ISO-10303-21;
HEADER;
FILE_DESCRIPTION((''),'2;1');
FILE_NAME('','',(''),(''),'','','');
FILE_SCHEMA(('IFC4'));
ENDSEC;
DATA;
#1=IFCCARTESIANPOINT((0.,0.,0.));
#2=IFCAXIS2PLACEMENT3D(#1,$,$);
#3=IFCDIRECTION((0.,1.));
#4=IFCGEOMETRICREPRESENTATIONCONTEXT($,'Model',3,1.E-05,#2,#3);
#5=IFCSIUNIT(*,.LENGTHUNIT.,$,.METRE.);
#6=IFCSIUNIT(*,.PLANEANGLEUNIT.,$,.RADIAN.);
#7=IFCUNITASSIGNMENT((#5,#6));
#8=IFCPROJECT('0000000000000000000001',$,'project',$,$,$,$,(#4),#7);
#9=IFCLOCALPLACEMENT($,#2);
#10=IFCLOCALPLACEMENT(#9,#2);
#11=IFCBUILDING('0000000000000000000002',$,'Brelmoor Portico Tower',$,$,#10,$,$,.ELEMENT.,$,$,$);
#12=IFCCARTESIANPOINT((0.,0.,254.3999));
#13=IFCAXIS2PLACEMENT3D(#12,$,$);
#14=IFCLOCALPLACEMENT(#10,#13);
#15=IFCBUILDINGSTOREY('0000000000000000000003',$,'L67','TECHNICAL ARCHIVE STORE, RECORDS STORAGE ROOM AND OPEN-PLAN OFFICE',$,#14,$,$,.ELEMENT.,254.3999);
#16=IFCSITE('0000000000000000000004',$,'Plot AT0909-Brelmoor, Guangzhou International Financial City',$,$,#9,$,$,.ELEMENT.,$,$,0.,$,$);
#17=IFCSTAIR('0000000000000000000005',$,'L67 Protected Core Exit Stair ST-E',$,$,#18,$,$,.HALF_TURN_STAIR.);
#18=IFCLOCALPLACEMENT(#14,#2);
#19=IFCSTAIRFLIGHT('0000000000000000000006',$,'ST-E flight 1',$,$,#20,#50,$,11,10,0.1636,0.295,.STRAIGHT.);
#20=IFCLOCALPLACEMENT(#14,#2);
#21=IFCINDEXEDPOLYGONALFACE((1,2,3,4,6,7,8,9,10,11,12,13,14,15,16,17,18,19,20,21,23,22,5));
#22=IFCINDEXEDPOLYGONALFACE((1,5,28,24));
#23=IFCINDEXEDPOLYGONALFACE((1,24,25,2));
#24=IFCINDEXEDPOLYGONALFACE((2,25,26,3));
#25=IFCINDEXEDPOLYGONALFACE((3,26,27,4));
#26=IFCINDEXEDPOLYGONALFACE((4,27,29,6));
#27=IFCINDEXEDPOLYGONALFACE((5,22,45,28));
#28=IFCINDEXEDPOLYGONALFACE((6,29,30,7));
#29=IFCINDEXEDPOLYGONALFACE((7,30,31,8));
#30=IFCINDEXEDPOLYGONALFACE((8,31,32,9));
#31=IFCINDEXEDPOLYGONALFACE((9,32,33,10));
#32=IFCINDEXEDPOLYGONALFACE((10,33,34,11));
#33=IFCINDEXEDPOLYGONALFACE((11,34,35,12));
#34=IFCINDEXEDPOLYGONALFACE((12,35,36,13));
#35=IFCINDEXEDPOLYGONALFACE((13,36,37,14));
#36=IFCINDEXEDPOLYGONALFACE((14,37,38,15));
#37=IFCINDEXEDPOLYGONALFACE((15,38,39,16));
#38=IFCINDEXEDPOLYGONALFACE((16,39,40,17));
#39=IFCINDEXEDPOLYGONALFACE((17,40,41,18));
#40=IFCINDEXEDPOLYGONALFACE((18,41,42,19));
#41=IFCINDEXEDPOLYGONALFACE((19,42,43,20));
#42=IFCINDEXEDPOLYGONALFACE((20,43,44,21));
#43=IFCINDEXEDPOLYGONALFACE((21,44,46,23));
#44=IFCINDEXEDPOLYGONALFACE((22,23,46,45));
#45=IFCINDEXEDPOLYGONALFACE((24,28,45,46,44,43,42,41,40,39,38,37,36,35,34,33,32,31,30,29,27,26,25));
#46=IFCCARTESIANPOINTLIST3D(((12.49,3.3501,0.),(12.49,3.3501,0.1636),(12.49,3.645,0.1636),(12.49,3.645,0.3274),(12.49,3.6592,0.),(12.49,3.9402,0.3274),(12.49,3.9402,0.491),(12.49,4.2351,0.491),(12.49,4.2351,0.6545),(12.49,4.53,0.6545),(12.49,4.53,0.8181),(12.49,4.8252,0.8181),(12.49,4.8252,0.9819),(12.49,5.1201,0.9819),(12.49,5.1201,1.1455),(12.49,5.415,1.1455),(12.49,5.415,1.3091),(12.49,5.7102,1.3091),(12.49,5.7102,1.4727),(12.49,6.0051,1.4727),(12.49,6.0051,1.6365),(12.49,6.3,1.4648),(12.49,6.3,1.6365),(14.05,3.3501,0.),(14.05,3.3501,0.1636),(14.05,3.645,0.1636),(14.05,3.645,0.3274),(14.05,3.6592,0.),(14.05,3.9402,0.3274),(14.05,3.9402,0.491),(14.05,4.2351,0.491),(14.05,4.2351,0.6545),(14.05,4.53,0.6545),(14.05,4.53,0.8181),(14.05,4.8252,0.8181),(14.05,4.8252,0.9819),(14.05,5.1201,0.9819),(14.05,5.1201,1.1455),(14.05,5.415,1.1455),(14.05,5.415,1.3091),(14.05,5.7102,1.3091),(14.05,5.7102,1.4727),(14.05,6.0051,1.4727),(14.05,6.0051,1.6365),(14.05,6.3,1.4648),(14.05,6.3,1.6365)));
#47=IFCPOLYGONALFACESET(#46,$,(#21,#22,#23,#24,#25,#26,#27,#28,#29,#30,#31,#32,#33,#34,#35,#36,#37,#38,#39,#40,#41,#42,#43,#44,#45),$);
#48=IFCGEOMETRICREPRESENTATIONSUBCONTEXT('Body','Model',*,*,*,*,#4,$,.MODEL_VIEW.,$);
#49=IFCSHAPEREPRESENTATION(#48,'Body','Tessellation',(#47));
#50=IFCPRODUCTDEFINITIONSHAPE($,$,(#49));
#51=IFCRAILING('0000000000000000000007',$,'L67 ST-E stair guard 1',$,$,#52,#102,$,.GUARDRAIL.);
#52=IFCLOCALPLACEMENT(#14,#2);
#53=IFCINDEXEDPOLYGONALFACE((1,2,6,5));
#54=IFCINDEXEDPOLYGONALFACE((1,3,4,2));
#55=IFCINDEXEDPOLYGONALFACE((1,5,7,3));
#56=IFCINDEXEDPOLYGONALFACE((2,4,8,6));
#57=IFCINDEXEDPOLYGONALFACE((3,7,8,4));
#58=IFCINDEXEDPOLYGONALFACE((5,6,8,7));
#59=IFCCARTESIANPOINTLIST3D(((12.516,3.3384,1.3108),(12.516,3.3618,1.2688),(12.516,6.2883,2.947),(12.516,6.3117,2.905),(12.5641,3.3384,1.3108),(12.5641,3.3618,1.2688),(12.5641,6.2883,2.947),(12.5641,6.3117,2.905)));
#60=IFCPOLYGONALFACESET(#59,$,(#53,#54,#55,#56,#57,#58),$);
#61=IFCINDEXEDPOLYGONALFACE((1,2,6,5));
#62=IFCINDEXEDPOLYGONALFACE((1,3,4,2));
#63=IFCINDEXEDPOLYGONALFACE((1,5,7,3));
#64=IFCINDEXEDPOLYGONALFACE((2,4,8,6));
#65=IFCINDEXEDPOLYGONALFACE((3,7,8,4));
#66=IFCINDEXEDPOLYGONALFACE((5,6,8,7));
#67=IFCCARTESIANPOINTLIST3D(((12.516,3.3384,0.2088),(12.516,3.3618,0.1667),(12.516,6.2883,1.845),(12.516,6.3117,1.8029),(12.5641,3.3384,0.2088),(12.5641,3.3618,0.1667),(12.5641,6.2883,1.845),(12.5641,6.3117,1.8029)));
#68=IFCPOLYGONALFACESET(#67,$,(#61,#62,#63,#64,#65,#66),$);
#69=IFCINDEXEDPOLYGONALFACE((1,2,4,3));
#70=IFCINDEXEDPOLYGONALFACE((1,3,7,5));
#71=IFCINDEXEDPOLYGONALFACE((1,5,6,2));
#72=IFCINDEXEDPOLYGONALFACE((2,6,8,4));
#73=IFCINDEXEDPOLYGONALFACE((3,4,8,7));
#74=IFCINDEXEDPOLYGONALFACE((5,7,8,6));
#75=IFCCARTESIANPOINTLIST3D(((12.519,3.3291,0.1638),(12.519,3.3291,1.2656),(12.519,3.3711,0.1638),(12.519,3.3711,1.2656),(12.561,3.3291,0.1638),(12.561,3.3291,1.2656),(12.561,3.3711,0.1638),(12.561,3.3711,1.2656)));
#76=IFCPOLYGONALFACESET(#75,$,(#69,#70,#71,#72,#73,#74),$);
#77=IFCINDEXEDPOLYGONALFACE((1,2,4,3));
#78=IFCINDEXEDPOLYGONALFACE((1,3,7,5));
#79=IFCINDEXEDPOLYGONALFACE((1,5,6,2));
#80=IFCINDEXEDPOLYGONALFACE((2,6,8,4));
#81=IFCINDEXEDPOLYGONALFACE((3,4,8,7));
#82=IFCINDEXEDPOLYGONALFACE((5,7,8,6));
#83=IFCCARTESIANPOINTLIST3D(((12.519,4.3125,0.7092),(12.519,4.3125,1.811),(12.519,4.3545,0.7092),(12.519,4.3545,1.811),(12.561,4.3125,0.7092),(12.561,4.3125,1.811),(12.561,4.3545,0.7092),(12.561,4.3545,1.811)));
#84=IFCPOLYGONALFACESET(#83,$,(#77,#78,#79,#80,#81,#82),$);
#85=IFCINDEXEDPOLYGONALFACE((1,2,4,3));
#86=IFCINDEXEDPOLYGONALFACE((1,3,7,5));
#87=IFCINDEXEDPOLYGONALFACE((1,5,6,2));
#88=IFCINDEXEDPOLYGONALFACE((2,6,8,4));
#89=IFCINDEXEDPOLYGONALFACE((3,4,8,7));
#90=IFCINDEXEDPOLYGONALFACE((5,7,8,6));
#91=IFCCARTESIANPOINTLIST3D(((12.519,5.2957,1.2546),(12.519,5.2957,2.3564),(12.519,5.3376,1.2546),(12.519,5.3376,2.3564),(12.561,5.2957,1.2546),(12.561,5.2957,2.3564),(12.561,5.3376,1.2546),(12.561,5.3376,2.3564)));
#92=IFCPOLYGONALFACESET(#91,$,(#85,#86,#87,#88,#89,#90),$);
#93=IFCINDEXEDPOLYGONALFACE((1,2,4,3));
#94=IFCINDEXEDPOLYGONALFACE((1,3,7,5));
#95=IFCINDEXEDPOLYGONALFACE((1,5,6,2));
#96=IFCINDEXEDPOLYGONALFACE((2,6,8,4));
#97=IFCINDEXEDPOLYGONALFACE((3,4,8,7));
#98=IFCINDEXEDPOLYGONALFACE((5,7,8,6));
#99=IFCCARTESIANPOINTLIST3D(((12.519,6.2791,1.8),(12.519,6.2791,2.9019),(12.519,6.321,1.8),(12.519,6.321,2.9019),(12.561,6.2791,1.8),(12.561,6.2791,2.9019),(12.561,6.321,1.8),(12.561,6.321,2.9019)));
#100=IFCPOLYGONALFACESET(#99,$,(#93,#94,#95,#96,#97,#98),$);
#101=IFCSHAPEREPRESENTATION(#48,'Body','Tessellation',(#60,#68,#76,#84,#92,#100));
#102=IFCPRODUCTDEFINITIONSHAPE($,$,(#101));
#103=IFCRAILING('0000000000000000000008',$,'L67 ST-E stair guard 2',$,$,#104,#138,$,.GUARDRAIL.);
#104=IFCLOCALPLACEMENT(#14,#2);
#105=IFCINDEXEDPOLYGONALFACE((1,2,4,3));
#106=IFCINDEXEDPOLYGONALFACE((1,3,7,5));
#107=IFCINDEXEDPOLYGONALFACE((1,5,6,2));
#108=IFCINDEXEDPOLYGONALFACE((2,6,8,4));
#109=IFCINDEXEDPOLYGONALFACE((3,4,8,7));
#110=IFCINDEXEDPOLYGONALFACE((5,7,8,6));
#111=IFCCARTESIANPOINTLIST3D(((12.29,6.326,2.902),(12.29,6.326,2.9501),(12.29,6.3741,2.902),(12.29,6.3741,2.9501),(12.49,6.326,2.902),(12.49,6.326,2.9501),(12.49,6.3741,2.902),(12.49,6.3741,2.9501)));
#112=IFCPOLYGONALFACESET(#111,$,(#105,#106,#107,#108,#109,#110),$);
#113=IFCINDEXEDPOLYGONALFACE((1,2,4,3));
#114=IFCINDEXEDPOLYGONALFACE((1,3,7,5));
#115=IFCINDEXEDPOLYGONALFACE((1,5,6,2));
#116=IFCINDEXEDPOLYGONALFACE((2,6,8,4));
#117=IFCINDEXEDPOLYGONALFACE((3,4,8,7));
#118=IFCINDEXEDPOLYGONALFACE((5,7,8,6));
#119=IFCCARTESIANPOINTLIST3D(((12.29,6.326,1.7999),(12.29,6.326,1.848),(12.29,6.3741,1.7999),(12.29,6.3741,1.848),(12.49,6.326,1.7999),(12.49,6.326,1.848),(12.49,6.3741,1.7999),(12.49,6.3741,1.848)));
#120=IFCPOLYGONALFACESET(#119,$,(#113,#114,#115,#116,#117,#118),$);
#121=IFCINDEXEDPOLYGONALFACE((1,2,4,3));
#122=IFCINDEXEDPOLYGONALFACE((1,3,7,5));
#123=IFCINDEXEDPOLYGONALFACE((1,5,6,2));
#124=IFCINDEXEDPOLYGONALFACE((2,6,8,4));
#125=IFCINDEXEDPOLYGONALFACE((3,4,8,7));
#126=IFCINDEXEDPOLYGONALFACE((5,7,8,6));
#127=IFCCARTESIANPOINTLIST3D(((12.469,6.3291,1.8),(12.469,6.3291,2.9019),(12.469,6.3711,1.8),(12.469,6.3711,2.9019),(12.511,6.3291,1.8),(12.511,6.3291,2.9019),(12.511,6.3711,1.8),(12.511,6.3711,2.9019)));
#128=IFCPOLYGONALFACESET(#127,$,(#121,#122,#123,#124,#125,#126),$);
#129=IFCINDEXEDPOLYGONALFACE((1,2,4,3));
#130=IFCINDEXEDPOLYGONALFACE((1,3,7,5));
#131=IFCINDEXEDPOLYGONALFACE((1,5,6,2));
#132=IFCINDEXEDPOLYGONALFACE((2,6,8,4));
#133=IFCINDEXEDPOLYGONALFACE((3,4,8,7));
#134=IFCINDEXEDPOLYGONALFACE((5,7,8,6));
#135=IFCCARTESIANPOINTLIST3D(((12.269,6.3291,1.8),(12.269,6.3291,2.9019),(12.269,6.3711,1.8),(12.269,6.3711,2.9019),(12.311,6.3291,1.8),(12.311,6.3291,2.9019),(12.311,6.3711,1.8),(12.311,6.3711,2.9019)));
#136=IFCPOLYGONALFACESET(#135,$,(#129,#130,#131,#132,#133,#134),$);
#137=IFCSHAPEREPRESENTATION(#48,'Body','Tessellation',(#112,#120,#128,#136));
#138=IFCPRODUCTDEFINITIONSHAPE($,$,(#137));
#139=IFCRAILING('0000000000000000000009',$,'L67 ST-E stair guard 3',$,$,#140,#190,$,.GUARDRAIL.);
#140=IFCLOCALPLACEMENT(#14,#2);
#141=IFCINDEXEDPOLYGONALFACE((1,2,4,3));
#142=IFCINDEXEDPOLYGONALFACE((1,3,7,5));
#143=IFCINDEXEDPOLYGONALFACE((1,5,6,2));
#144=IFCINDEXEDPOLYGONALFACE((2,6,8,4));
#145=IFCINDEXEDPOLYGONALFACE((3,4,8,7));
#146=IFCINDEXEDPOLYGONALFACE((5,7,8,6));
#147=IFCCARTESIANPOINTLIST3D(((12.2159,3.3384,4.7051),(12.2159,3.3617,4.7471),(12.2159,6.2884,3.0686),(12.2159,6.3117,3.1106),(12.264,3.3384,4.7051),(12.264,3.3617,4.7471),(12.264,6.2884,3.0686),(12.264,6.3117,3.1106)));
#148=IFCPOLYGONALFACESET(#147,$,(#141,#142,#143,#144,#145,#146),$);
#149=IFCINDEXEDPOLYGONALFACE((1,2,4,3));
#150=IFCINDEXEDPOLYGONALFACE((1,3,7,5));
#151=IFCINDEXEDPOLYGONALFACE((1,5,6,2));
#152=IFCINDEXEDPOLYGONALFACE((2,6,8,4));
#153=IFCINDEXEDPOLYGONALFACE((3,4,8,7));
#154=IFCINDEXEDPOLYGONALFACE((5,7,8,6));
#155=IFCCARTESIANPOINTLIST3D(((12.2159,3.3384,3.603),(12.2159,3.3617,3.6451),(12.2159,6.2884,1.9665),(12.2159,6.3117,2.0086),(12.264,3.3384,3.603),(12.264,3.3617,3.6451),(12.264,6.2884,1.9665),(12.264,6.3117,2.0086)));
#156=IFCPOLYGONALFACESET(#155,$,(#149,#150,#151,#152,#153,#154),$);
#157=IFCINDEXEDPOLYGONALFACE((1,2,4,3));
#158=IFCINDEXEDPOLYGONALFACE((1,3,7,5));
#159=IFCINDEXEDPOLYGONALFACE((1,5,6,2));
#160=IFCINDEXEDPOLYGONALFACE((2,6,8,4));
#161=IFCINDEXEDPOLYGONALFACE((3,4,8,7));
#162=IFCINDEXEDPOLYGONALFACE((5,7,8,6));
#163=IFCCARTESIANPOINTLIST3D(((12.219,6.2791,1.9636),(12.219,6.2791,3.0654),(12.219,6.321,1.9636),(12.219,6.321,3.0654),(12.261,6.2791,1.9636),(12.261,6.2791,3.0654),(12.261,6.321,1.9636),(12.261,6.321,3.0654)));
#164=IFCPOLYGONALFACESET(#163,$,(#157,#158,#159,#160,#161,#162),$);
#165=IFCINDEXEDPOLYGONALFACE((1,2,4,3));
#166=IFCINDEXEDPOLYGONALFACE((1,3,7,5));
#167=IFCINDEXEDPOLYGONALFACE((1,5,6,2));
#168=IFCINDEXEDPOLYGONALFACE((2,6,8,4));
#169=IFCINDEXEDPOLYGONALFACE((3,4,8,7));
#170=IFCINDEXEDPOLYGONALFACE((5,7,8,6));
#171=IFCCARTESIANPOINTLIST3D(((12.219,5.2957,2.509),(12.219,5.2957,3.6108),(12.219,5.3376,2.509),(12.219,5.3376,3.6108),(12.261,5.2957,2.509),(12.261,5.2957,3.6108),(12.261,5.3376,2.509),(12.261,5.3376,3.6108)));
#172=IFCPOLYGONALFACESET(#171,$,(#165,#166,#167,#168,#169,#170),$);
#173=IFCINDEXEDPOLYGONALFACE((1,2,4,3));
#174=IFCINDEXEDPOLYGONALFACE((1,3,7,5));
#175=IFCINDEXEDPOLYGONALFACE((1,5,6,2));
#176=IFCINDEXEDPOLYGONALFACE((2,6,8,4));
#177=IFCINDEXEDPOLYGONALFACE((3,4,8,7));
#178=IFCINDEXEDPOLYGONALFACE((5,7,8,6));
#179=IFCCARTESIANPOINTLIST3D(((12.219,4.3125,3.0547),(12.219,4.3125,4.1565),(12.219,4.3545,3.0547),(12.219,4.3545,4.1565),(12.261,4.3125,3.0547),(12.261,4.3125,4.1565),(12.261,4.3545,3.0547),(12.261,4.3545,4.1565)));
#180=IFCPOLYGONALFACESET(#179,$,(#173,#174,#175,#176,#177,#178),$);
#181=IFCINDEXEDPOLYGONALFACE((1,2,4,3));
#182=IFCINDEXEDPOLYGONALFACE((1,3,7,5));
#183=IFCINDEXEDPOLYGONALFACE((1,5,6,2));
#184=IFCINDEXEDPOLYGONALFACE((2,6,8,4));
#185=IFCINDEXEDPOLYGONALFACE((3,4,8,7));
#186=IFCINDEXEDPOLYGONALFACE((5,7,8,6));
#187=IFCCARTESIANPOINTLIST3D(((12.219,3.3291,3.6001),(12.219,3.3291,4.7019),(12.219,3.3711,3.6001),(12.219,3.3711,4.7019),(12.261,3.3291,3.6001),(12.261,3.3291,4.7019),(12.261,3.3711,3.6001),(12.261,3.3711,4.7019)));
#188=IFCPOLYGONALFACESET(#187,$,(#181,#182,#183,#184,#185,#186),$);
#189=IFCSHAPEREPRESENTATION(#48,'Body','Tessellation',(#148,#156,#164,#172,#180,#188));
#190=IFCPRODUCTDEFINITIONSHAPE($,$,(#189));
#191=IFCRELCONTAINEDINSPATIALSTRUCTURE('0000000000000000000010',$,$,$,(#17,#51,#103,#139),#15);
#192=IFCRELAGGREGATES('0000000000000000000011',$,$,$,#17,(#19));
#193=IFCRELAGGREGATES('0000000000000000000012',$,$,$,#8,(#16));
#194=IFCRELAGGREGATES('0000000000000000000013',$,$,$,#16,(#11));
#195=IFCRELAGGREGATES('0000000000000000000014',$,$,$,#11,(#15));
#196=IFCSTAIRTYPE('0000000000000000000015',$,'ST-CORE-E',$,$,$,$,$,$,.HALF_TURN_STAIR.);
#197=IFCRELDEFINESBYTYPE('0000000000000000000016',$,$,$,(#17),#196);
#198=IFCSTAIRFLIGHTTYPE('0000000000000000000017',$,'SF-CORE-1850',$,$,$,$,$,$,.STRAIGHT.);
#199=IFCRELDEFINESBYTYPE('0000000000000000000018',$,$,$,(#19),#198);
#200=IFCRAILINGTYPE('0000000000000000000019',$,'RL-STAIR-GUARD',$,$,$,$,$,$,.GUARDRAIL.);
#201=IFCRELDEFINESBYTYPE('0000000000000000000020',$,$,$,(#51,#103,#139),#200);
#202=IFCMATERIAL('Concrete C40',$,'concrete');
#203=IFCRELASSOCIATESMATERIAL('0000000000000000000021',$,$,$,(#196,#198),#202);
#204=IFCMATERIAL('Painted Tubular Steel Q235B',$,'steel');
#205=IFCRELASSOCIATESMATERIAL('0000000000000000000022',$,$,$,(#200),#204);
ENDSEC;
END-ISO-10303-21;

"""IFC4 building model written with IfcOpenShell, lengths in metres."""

from ifc_helpers import new_model, si_unit, direction, frame, origin, origin_2d, place, context, subcontext, project, spatial, polyline, rectangle, outline, extrude, material, type_object, element, aggregate, save


model = new_model("IFC4")

# Units and contexts
model_context = context("Model", 3, precision=1e-05, world=origin(), true_north=direction((0.0, 1.0)))
body_context = subcontext(model_context, "Body", "Model", "MODEL_VIEW")
ifc_project = project(units=[si_unit("LENGTHUNIT", "METRE"), si_unit("PLANEANGLEUNIT", "RADIAN")], contexts=[model_context])

# Site, building, storey
site_placement = place(None, origin())
site = spatial("IfcSite", under=ifc_project, at=site_placement, Name="Plot AT0909-Brelmoor, Guangzhou International Financial City", CompositionType="ELEMENT", RefElevation=0.0)
building_placement = place(site_placement, origin())
building = spatial("IfcBuilding", under=site, at=building_placement, Name="Brelmoor Portico Tower", CompositionType="ELEMENT")
storey_placement = place(building_placement, frame((0.0, 0.0, 254.3999)))
storey = spatial("IfcBuildingStorey", under=building, at=storey_placement, Name="L67", Description="TECHNICAL ARCHIVE STORE, RECORDS STORAGE ROOM AND OPEN-PLAN OFFICE", CompositionType="ELEMENT", Elevation=254.3999)

# Shared definitions
ifc_material_1 = material(Name="Concrete C40", Category="concrete")

# Stair, stair flight
stair_type = type_object("IfcStairType", Name="ST-CORE-E", PredefinedType="HALF_TURN_STAIR", material=ifc_material_1)
stair_placement = place(storey_placement, origin())
stair = element("IfcStair", 1, at=stair_placement, inside=storey, type_object=stair_type, Name="L67 Protected Core Exit Stair ST-E", PredefinedType="HALF_TURN_STAIR")
stair_flight_type = type_object("IfcStairFlightType", Name="SF-CORE-1850", PredefinedType="STRAIGHT", material=ifc_material_1)
stair_flight_placement = place(storey_placement, frame((13.27, 3.3501, 0.0), z_axis=(0.0, 0.0, 1.0), x_axis=(0.0, 1.0, 0.0)))
stair_flight = element("IfcStairFlight", 2, at=stair_flight_placement, type_object=stair_flight_type, Name="ST-E flight 1", NumberOfRisers=11, NumberOfTreads=10, PredefinedType="STRAIGHT", RiserHeight=0.1636, TreadLength=0.295, context=body_context, shape_type="SweptSolid", body=[
    extrude(outline(polyline([(0.0, 0.0), (0.0, 0.1636), (0.2949, 0.1636), (0.2949, 0.3274), (0.5901, 0.3274), (0.5901, 0.491), (0.885, 0.491), (0.885, 0.6545), (1.1799, 0.6545), (1.1799, 0.8181), (1.4751, 0.8181), (1.4751, 0.9819), (1.77, 0.9819), (1.77, 1.1455), (2.0649, 1.1455), (2.0649, 1.3091), (2.3601, 1.3091), (2.3601, 1.4727), (2.655, 1.4727), (2.655, 1.6365), (2.95, 1.6365), (2.95, 1.8), (2.95, 1.4648), (0.3091, 0.0), (0.0, 0.0)])), frame((0.0, 0.78, 0.0), z_axis=(0.0, -1.0, 0.0), x_axis=(1.0, 0.0, 0.0)), (0.0, 0.0, 1.0), 1.5601),
])
aggregate(stair, [stair_flight])

# Railings
ifc_material_2 = material(Name="Painted Tubular Steel Q235B", Category="steel")
railing_type_1 = type_object("IfcRailingType", Name="RL-STAIR-GUARD", PredefinedType="GUARDRAIL", material=ifc_material_2)
railing_1_placement = place(storey_placement, frame((12.54, 3.3501, 0.1638)))
element("IfcRailing", 3, at=railing_1_placement, inside=storey, type_object=railing_type_1, Name="L67 ST-E stair guard 1", PredefinedType="GUARDRAIL", context=body_context, shape_type="SweptSolid", body=[
    extrude(rectangle(XDim=0.0481, YDim=0.0481, at=origin_2d()), frame((0.0, 0.0, 1.126), z_axis=(0.0, 0.874488, 0.485047), x_axis=(-1.0, 0.0, 0.0)), (0.0, 0.0, 1.0), 3.3733),
    extrude(rectangle(XDim=0.0481, YDim=0.0481, at=origin_2d()), frame((0.0, 0.0, 0.0239), z_axis=(0.0, 0.874488, 0.485047), x_axis=(-1.0, 0.0, 0.0)), (0.0, 0.0, 1.0), 3.3733),
    extrude(rectangle(XDim=0.042, YDim=0.042, at=origin_2d()), origin(), (0.0, 0.0, 1.0), 1.1018),
    extrude(rectangle(XDim=0.042, YDim=0.042, at=origin_2d()), frame((0.0, 0.9834, 0.5454)), (0.0, 0.0, 1.0), 1.1018),
    extrude(rectangle(XDim=0.042, YDim=0.042, at=origin_2d()), frame((0.0, 1.9666, 1.0908)), (0.0, 0.0, 1.0), 1.1018),
    extrude(rectangle(XDim=0.042, YDim=0.042, at=origin_2d()), frame((0.0, 2.95, 1.6362)), (0.0, 0.0, 1.0), 1.1018),
])
railing_2_placement = place(storey_placement, frame((12.49, 6.3501, 1.8)))
element("IfcRailing", 4, at=railing_2_placement, inside=storey, type_object=railing_type_1, Name="L67 ST-E stair guard 2", PredefinedType="GUARDRAIL", context=body_context, shape_type="SweptSolid", body=[
    extrude(rectangle(XDim=0.0481, YDim=0.0481, at=origin_2d()), frame((0.0, 0.0, 1.126), z_axis=(-1.0, 0.0, 0.0), x_axis=(0.0, -1.0, 0.0)), (0.0, 0.0, 1.0), 0.2),
    extrude(rectangle(XDim=0.0481, YDim=0.0481, at=origin_2d()), frame((0.0, 0.0, 0.0239), z_axis=(-1.0, 0.0, 0.0), x_axis=(0.0, -1.0, 0.0)), (0.0, 0.0, 1.0), 0.2),
    extrude(rectangle(XDim=0.042, YDim=0.042, at=origin_2d()), origin(), (0.0, 0.0, 1.0), 1.1018),
    extrude(rectangle(XDim=0.042, YDim=0.042, at=origin_2d()), frame((-0.2, 0.0, 0.0)), (0.0, 0.0, 1.0), 1.1018),
])
railing_3_placement = place(storey_placement, frame((12.24, 6.3, 1.9636)))
element("IfcRailing", 5, at=railing_3_placement, inside=storey, type_object=railing_type_1, Name="L67 ST-E stair guard 3", PredefinedType="GUARDRAIL", context=body_context, shape_type="SweptSolid", body=[
    extrude(rectangle(XDim=0.0481, YDim=0.0481, at=origin_2d()), frame((0.0, 0.0, 1.126), z_axis=(0.0, -0.874458, 0.485102), x_axis=(1.0, 0.0, 0.0)), (0.0, 0.0, 1.0), 3.3735),
    extrude(rectangle(XDim=0.0481, YDim=0.0481, at=origin_2d()), frame((0.0, 0.0, 0.0239), z_axis=(0.0, -0.874458, 0.485102), x_axis=(1.0, 0.0, 0.0)), (0.0, 0.0, 1.0), 3.3735),
    extrude(rectangle(XDim=0.042, YDim=0.042, at=origin_2d()), origin(), (0.0, 0.0, 1.0), 1.1018),
    extrude(rectangle(XDim=0.042, YDim=0.042, at=origin_2d()), frame((0.0, -0.9834, 0.5454)), (0.0, 0.0, 1.0), 1.1018),
    extrude(rectangle(XDim=0.042, YDim=0.042, at=origin_2d()), frame((0.0, -1.9666, 1.0911)), (0.0, 0.0, 1.0), 1.1018),
    extrude(rectangle(XDim=0.042, YDim=0.042, at=origin_2d()), frame((0.0, -2.95, 1.6365)), (0.0, 0.0, 1.0), 1.1018),
])

save(model, "model.ifc")
